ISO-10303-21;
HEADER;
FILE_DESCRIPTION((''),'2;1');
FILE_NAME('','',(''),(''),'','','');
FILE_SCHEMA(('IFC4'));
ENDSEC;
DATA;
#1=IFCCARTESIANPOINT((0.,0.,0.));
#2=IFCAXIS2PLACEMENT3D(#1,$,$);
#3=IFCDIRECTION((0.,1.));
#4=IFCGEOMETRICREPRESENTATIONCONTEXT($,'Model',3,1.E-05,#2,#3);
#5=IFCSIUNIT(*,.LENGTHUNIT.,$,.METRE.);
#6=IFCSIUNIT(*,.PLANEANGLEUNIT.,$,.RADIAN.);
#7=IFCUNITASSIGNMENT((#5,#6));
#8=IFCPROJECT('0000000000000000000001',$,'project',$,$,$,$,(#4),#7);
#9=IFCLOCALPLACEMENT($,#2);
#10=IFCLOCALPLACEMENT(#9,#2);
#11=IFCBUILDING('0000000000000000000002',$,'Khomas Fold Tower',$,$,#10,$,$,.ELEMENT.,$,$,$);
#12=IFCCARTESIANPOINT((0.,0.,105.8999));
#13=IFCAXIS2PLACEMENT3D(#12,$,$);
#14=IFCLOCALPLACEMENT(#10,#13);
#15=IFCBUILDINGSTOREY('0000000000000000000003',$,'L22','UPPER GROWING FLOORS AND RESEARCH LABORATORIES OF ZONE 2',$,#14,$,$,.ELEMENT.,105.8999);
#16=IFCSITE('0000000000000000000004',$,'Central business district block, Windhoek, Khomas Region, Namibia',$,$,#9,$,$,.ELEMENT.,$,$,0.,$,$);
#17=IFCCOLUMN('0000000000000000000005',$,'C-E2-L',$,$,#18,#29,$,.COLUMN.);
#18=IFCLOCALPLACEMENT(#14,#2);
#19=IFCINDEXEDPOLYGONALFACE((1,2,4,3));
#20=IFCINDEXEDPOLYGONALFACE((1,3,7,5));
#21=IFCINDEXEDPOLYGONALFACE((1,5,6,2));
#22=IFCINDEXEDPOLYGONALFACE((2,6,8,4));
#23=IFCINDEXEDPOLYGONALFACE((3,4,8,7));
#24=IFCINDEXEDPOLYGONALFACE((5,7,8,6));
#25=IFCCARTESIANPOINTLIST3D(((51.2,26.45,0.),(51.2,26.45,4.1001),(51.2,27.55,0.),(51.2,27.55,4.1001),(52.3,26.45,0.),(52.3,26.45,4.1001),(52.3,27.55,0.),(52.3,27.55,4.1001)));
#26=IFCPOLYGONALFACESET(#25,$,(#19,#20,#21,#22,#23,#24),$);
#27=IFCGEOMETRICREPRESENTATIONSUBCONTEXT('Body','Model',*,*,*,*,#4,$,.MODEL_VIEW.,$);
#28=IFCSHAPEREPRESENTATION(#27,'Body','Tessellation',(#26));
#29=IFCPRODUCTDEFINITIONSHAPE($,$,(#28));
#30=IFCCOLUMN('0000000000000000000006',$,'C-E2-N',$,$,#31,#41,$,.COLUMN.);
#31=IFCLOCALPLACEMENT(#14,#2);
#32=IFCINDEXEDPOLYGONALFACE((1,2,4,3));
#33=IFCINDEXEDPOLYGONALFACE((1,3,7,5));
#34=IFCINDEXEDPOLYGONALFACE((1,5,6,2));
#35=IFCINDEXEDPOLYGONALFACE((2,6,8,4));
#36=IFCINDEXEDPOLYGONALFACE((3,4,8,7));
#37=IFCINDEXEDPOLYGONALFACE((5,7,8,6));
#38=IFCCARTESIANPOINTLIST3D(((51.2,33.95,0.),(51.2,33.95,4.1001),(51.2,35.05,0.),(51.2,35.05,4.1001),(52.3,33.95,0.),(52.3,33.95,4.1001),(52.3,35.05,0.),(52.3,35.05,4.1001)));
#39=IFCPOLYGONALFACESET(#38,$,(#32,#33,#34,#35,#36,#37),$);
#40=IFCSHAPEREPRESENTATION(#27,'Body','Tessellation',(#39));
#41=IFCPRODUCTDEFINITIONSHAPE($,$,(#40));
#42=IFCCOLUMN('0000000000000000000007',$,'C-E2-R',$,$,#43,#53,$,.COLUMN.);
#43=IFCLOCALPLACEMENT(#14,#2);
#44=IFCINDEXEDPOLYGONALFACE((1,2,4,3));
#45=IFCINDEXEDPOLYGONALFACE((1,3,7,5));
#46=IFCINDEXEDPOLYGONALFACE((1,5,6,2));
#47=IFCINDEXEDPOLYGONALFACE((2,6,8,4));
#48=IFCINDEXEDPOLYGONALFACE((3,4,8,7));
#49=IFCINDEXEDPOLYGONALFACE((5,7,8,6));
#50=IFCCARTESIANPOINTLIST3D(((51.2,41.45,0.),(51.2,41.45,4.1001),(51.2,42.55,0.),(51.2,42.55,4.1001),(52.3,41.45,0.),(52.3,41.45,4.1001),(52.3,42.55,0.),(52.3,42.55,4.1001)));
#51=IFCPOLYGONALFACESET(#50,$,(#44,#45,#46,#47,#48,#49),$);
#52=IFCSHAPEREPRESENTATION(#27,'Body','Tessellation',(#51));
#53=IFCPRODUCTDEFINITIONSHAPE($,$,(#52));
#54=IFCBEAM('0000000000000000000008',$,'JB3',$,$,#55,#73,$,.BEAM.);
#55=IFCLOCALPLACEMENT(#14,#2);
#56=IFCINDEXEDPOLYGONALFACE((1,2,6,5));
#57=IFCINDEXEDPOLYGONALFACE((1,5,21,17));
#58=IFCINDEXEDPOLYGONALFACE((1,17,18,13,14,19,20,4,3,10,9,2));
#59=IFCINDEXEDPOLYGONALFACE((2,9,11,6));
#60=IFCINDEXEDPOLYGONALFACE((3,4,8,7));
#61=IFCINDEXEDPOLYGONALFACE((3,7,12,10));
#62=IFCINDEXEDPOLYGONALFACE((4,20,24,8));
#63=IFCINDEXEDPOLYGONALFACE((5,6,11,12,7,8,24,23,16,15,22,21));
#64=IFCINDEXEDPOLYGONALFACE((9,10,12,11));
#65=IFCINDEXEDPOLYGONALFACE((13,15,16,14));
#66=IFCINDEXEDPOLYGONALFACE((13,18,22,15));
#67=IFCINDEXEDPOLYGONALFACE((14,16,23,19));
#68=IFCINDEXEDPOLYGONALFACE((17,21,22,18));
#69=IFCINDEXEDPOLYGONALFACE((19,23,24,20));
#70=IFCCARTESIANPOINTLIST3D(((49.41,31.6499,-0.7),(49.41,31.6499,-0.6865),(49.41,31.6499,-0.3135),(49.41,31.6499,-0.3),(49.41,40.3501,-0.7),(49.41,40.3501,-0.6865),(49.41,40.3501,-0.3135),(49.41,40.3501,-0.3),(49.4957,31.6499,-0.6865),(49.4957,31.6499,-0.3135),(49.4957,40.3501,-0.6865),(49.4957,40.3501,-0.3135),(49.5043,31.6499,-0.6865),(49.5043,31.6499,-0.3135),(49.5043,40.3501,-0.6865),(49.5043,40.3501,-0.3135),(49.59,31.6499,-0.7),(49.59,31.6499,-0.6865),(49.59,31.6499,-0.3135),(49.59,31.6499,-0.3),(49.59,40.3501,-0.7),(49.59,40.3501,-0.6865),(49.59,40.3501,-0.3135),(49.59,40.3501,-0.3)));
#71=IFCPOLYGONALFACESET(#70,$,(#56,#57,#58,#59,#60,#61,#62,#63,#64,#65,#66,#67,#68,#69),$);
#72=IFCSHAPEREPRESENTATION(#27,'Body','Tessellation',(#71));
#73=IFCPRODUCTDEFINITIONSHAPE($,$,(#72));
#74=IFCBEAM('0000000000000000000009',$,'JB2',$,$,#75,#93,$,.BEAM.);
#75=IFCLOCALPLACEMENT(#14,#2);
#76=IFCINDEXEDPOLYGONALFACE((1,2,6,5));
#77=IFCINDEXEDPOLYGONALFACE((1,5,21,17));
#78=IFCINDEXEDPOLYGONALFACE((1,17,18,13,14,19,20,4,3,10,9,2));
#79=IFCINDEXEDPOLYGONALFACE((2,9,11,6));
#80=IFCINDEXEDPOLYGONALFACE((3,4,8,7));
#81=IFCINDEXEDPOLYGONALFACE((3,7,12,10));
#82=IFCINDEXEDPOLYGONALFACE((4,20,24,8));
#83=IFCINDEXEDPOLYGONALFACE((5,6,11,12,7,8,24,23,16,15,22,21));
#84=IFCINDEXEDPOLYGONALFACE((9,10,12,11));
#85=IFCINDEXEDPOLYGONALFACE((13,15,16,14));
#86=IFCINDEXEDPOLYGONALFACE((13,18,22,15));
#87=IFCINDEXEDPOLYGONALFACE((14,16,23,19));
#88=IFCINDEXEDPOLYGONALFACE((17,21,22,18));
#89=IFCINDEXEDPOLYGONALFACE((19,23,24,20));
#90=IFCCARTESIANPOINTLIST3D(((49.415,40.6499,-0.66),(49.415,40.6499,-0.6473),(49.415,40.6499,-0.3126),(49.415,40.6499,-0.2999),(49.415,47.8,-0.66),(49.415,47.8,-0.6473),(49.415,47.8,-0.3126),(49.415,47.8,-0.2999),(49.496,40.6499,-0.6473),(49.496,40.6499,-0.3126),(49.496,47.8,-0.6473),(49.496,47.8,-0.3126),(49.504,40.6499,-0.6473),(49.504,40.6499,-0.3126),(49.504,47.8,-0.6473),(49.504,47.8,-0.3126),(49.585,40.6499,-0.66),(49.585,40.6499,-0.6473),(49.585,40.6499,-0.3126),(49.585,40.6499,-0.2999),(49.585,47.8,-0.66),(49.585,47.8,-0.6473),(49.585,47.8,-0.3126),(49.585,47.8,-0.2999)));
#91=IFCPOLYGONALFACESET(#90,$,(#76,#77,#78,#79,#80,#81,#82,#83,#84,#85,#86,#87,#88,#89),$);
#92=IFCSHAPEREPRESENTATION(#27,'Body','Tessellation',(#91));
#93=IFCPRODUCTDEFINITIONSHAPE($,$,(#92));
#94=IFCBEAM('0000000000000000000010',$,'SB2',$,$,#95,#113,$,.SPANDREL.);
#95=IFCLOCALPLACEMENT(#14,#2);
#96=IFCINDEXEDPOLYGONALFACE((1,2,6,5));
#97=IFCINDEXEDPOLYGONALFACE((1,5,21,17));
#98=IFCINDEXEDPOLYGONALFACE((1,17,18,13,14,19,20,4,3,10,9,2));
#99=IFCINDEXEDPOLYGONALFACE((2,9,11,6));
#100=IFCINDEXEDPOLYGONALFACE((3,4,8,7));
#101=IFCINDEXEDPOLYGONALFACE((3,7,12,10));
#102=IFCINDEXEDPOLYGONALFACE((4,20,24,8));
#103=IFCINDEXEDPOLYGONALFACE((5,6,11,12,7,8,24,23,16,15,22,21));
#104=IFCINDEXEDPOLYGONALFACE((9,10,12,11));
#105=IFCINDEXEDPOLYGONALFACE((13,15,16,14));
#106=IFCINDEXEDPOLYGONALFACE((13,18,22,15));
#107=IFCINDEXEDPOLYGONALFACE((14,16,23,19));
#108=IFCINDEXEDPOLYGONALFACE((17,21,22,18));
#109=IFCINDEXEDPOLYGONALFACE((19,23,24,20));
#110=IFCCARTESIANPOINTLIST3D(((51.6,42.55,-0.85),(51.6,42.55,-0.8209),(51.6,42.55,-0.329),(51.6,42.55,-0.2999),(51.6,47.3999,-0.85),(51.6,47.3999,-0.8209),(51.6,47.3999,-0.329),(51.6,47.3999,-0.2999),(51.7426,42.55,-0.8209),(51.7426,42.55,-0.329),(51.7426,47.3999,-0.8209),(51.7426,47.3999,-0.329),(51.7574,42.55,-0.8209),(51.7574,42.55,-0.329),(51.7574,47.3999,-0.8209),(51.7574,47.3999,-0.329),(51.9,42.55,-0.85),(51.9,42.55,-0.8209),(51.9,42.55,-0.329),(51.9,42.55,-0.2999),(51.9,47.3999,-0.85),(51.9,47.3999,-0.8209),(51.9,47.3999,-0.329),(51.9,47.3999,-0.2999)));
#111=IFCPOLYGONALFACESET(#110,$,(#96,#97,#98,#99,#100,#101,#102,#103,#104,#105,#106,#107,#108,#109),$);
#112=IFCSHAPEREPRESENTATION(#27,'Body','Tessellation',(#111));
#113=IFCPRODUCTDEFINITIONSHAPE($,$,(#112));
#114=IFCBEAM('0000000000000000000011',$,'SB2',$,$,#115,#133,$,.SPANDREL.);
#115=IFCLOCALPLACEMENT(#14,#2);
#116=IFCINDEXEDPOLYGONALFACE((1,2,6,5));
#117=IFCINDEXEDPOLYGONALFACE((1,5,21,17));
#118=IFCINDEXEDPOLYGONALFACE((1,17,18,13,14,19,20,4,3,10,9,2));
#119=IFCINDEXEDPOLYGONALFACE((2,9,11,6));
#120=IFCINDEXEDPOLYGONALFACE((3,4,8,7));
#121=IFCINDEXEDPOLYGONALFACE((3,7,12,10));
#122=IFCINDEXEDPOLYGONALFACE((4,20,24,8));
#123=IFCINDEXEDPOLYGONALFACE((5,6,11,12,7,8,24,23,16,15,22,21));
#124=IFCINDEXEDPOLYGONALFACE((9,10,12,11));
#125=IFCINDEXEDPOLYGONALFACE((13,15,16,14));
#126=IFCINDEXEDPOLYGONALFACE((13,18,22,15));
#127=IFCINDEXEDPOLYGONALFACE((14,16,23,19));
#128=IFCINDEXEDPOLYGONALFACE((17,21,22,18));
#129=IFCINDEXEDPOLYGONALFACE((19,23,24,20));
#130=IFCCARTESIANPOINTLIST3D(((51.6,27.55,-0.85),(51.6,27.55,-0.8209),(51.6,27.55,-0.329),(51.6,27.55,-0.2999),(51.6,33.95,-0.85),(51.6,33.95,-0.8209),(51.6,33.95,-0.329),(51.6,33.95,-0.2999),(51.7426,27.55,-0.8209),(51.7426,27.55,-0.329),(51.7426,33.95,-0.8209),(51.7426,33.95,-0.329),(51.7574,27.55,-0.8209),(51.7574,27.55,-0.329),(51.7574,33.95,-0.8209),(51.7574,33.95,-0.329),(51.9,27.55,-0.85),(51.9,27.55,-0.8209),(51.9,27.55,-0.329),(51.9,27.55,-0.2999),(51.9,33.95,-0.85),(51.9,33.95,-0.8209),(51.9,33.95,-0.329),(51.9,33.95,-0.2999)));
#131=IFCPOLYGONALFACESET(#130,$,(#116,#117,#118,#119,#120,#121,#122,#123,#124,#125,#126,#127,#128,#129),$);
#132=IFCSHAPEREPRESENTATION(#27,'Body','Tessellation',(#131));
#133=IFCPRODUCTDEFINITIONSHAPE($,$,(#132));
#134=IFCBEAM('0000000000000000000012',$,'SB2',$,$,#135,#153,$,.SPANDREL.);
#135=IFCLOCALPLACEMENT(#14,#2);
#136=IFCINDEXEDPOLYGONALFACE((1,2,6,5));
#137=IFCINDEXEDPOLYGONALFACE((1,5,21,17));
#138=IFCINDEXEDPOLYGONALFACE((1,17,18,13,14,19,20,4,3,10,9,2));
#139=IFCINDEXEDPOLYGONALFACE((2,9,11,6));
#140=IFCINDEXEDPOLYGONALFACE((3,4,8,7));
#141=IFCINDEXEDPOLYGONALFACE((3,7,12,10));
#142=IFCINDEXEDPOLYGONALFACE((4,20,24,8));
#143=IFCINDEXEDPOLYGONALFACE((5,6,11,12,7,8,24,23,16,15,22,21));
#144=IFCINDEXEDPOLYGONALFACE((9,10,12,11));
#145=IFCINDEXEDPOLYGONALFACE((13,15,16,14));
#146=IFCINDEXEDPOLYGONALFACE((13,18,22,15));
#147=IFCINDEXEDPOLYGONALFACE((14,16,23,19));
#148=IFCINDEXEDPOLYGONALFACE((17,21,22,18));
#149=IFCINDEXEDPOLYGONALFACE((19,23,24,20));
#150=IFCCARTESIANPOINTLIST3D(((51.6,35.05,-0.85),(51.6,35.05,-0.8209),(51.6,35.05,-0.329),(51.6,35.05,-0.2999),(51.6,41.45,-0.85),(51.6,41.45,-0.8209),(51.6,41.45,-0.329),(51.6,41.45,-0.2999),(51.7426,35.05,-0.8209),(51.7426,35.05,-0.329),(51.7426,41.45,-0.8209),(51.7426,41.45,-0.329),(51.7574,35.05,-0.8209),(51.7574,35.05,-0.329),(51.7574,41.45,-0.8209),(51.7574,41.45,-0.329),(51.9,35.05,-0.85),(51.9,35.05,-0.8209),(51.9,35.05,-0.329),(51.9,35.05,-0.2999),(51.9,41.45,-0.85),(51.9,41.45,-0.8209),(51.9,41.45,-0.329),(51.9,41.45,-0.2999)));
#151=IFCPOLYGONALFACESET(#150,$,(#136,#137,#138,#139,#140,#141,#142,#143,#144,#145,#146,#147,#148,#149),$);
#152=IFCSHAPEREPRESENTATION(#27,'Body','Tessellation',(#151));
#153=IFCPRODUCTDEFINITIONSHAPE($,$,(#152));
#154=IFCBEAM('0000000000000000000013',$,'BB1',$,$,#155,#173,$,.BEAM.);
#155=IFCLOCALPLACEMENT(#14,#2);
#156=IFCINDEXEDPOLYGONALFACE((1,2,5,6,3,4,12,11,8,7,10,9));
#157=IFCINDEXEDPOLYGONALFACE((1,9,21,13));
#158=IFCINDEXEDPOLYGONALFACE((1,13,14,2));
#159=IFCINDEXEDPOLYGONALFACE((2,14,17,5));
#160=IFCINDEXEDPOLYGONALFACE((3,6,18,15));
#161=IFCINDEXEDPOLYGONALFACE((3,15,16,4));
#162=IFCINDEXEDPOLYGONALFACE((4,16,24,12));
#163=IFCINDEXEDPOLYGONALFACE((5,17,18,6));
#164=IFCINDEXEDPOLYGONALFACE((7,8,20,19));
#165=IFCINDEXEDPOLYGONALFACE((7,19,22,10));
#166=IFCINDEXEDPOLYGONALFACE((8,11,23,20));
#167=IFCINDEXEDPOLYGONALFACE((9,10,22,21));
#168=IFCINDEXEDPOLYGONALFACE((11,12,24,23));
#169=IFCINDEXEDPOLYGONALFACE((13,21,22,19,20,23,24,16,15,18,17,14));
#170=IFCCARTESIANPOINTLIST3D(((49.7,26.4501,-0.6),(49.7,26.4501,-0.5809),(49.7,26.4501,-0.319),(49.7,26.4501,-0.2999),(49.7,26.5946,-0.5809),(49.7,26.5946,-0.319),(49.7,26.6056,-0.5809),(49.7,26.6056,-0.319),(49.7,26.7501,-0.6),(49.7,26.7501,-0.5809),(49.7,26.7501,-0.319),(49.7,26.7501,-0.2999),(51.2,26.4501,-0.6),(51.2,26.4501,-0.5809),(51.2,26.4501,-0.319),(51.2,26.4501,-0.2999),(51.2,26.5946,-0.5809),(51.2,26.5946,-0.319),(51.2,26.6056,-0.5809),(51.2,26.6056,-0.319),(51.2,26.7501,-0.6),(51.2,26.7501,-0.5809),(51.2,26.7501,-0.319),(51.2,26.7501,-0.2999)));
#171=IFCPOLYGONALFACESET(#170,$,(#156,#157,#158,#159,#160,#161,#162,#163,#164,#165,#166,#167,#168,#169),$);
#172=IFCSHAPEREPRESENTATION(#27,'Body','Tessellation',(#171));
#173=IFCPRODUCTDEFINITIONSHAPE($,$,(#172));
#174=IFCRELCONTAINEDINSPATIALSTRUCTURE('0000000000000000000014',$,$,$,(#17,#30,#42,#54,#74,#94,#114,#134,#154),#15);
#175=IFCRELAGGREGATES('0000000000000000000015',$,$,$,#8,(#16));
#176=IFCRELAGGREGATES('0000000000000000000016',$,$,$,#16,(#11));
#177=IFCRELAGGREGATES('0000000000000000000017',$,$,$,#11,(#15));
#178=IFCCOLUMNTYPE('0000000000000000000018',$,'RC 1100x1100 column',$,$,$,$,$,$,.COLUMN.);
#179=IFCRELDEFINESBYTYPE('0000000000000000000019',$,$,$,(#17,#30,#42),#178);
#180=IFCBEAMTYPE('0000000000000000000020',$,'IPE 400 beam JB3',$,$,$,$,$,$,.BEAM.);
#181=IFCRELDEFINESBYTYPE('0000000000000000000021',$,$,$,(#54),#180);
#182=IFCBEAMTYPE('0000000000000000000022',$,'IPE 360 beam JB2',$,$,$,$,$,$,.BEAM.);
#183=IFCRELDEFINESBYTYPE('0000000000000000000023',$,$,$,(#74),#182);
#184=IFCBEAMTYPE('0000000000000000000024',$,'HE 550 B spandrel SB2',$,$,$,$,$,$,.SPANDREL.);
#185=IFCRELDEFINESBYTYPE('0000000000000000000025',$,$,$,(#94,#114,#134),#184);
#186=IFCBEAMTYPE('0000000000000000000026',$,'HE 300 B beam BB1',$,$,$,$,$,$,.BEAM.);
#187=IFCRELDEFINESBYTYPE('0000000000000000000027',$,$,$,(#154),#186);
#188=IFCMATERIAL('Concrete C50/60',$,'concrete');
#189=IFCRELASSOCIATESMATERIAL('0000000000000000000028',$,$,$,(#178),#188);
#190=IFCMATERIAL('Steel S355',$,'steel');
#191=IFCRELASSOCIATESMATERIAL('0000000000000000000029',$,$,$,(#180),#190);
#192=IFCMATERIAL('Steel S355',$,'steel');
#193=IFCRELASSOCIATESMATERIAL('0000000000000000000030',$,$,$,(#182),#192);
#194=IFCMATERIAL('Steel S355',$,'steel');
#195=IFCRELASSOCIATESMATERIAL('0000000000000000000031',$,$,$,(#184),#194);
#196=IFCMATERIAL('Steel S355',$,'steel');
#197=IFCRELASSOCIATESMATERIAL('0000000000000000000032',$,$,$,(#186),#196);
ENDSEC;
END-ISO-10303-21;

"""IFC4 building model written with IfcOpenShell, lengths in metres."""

from ifc_helpers import new_model, si_unit, direction, frame, origin, origin_2d, place, context, subcontext, project, spatial, rectangle, i_section, extrude, source, transform, mapped, material, material_profile, profile_set, type_object, element, save


model = new_model("IFC4")

# Units and contexts
model_context = context("Model", 3, precision=1e-05, world=origin(), true_north=direction((0.0, 1.0)))
body_context = subcontext(model_context, "Body", "Model", "MODEL_VIEW")
ifc_project = project(units=[si_unit("LENGTHUNIT", "METRE"), si_unit("PLANEANGLEUNIT", "RADIAN")], contexts=[model_context])

# Site, building, storey
site_placement = place(None, origin())
site = spatial("IfcSite", under=ifc_project, at=site_placement, Name="Central business district block, Windhoek, Khomas Region, Namibia", CompositionType="ELEMENT", RefElevation=0.0)
building_placement = place(site_placement, origin())
building = spatial("IfcBuilding", under=site, at=building_placement, Name="Khomas Fold Tower", CompositionType="ELEMENT")
storey_placement = place(building_placement, frame((0.0, 0.0, 105.8999)))
storey = spatial("IfcBuildingStorey", under=building, at=storey_placement, Name="L22", Description="UPPER GROWING FLOORS AND RESEARCH LABORATORIES OF ZONE 2", CompositionType="ELEMENT", Elevation=105.8999)

# Columns
ifc_material_1 = material(Name="Concrete C50/60", Category="concrete")
ifc_material_profile_1 = material_profile(ifc_material_1, rectangle(XDim=1.1001, YDim=1.1001, at=origin_2d()), Name="RC 1100x1100")
ifc_profile_set_1 = profile_set([ifc_material_profile_1], Name="Concrete C50/60")
column_type = type_object("IfcColumnType", Name="RC 1100x1100 column", PredefinedType="COLUMN", material=ifc_profile_set_1)
shared_shape_1 = source(origin(), body_context, "Body", "SweptSolid", [
    extrude(rectangle(XDim=1.1001, YDim=1.1001, at=origin_2d()), origin(), (0.0, 0.0, 1.0), 4.1001),
])
for number, where, z_axis, x_axis, name in (
    (1, (51.75, 27.0, 0.0), (0.0, 0.0, 1.0), (1.0, 0.0, 0.0), "C-E2-L"),
    (2, (51.75, 34.5, 0.0), (0.0, 0.0, 1.0), (1.0, 0.0, 0.0), "C-E2-N"),
    (3, (51.75, 42.0, 0.0), (0.0, 0.0, 1.0), (1.0, 0.0, 0.0), "C-E2-R"),
):
    element("IfcColumn", number, at=place(storey_placement, frame(where, z_axis=z_axis, x_axis=x_axis)), inside=storey, type_object=column_type, Name=name, PredefinedType="COLUMN", context=body_context, shape_type="MappedRepresentation", body=[
        mapped(shared_shape_1, transform((0.0, 0.0, 0.0))),
    ])

# Beams
ifc_material_2 = material(Name="Steel S355", Category="steel")
ifc_material_profile_2 = material_profile(ifc_material_2, i_section(OverallWidth=0.1799, OverallDepth=0.3999, WebThickness=0.0085, FlangeThickness=0.0134, at=origin_2d()), Name="IPE 400")
ifc_profile_set_2 = profile_set([ifc_material_profile_2], Name="Steel S355")
beam_type_1 = type_object("IfcBeamType", Name="IPE 400 beam JB3", PredefinedType="BEAM", material=ifc_profile_set_2)
shared_shape_2 = source(origin(), body_context, "Body", "SweptSolid", [
    extrude(i_section(OverallWidth=0.1799, OverallDepth=0.3999, WebThickness=0.0085, FlangeThickness=0.0134, at=origin_2d()), origin(), (0.0, 0.0, 1.0), 8.7002),
])
beam_1_placement = place(storey_placement, frame((49.5, 31.6499, -0.5), z_axis=(0.0, 1.0, 0.0), x_axis=(-1.0, 0.0, 0.0)))
element("IfcBeam", 4, at=beam_1_placement, inside=storey, type_object=beam_type_1, Name="JB3", PredefinedType="BEAM", context=body_context, shape_type="MappedRepresentation", body=[
    mapped(shared_shape_2, transform((0.0, 0.0, 0.0))),
])
ifc_material_3 = material(Name="Steel S355", Category="steel")
ifc_material_profile_3 = material_profile(ifc_material_3, i_section(OverallWidth=0.1699, OverallDepth=0.3601, WebThickness=0.0081, FlangeThickness=0.0127, at=origin_2d()), Name="IPE 360")
ifc_profile_set_3 = profile_set([ifc_material_profile_3], Name="Steel S355")
beam_type_2 = type_object("IfcBeamType", Name="IPE 360 beam JB2", PredefinedType="BEAM", material=ifc_profile_set_3)
shared_shape_3 = source(origin(), body_context, "Body", "SweptSolid", [
    extrude(i_section(OverallWidth=0.1699, OverallDepth=0.3601, WebThickness=0.0081, FlangeThickness=0.0127, at=origin_2d()), origin(), (0.0, 0.0, 1.0), 7.1501),
])
beam_2_placement = place(storey_placement, frame((49.5, 40.6499, -0.48), z_axis=(0.0, 1.0, 0.0), x_axis=(-1.0, 0.0, 0.0)))
element("IfcBeam", 5, at=beam_2_placement, inside=storey, type_object=beam_type_2, Name="JB2", PredefinedType="BEAM", context=body_context, shape_type="MappedRepresentation", body=[
    mapped(shared_shape_3, transform((0.0, 0.0, 0.0))),
])
ifc_material_4 = material(Name="Steel S355", Category="steel")
ifc_material_profile_4 = material_profile(ifc_material_4, i_section(OverallWidth=0.3, OverallDepth=0.55, WebThickness=0.0149, FlangeThickness=0.0291, at=origin_2d()), Name="HE 550 B")
ifc_profile_set_4 = profile_set([ifc_material_profile_4], Name="Steel S355")
beam_type_3 = type_object("IfcBeamType", Name="HE 550 B spandrel SB2", PredefinedType="SPANDREL", material=ifc_profile_set_4)
shared_shape_4 = source(origin(), body_context, "Body", "SweptSolid", [
    extrude(i_section(OverallWidth=0.3, OverallDepth=0.55, WebThickness=0.0149, FlangeThickness=0.0291, at=origin_2d()), origin(), (0.0, 0.0, 1.0), 4.8499),
])
beam_3_placement = place(storey_placement, frame((51.75, 42.55, -0.575), z_axis=(0.0, 1.0, 0.0), x_axis=(-1.0, 0.0, 0.0)))
element("IfcBeam", 6, at=beam_3_placement, inside=storey, type_object=beam_type_3, Name="SB2", PredefinedType="SPANDREL", context=body_context, shape_type="MappedRepresentation", body=[
    mapped(shared_shape_4, transform((0.0, 0.0, 0.0))),
])
shared_shape_5 = source(origin(), body_context, "Body", "SweptSolid", [
    extrude(i_section(OverallWidth=0.3, OverallDepth=0.55, WebThickness=0.0149, FlangeThickness=0.0291, at=origin_2d()), origin(), (0.0, 0.0, 1.0), 6.3999),
])
for number, where, z_axis, x_axis, name in (
    (7, (51.75, 27.55, -0.575), (0.0, 1.0, 0.0), (-1.0, 0.0, 0.0), "SB2"),
    (8, (51.75, 35.05, -0.575), (0.0, 1.0, 0.0), (-1.0, 0.0, 0.0), "SB2"),
):
    element("IfcBeam", number, at=place(storey_placement, frame(where, z_axis=z_axis, x_axis=x_axis)), inside=storey, type_object=beam_type_3, Name=name, PredefinedType="SPANDREL", context=body_context, shape_type="MappedRepresentation", body=[
        mapped(shared_shape_5, transform((0.0, 0.0, 0.0))),
    ])
ifc_material_5 = material(Name="Steel S355", Category="steel")
ifc_material_profile_5 = material_profile(ifc_material_5, i_section(OverallWidth=0.3, OverallDepth=0.3, WebThickness=0.011, FlangeThickness=0.019, at=origin_2d()), Name="HE 300 B")
ifc_profile_set_5 = profile_set([ifc_material_profile_5], Name="Steel S355")
beam_type_4 = type_object("IfcBeamType", Name="HE 300 B beam BB1", PredefinedType="BEAM", material=ifc_profile_set_5)
shared_shape_6 = source(origin(), body_context, "Body", "SweptSolid", [
    extrude(i_section(OverallWidth=0.3, OverallDepth=0.3, WebThickness=0.011, FlangeThickness=0.019, at=origin_2d()), origin(), (0.0, 0.0, 1.0), 1.5),
])
beam_4_placement = place(storey_placement, frame((49.7, 26.6001, -0.45), z_axis=(1.0, 0.0, 0.0), x_axis=(0.0, 1.0, 0.0)))
element("IfcBeam", 9, at=beam_4_placement, inside=storey, type_object=beam_type_4, Name="BB1", PredefinedType="BEAM", context=body_context, shape_type="MappedRepresentation", body=[
    mapped(shared_shape_6, transform((0.0, 0.0, 0.0))),
])

save(model, "model.ifc")
